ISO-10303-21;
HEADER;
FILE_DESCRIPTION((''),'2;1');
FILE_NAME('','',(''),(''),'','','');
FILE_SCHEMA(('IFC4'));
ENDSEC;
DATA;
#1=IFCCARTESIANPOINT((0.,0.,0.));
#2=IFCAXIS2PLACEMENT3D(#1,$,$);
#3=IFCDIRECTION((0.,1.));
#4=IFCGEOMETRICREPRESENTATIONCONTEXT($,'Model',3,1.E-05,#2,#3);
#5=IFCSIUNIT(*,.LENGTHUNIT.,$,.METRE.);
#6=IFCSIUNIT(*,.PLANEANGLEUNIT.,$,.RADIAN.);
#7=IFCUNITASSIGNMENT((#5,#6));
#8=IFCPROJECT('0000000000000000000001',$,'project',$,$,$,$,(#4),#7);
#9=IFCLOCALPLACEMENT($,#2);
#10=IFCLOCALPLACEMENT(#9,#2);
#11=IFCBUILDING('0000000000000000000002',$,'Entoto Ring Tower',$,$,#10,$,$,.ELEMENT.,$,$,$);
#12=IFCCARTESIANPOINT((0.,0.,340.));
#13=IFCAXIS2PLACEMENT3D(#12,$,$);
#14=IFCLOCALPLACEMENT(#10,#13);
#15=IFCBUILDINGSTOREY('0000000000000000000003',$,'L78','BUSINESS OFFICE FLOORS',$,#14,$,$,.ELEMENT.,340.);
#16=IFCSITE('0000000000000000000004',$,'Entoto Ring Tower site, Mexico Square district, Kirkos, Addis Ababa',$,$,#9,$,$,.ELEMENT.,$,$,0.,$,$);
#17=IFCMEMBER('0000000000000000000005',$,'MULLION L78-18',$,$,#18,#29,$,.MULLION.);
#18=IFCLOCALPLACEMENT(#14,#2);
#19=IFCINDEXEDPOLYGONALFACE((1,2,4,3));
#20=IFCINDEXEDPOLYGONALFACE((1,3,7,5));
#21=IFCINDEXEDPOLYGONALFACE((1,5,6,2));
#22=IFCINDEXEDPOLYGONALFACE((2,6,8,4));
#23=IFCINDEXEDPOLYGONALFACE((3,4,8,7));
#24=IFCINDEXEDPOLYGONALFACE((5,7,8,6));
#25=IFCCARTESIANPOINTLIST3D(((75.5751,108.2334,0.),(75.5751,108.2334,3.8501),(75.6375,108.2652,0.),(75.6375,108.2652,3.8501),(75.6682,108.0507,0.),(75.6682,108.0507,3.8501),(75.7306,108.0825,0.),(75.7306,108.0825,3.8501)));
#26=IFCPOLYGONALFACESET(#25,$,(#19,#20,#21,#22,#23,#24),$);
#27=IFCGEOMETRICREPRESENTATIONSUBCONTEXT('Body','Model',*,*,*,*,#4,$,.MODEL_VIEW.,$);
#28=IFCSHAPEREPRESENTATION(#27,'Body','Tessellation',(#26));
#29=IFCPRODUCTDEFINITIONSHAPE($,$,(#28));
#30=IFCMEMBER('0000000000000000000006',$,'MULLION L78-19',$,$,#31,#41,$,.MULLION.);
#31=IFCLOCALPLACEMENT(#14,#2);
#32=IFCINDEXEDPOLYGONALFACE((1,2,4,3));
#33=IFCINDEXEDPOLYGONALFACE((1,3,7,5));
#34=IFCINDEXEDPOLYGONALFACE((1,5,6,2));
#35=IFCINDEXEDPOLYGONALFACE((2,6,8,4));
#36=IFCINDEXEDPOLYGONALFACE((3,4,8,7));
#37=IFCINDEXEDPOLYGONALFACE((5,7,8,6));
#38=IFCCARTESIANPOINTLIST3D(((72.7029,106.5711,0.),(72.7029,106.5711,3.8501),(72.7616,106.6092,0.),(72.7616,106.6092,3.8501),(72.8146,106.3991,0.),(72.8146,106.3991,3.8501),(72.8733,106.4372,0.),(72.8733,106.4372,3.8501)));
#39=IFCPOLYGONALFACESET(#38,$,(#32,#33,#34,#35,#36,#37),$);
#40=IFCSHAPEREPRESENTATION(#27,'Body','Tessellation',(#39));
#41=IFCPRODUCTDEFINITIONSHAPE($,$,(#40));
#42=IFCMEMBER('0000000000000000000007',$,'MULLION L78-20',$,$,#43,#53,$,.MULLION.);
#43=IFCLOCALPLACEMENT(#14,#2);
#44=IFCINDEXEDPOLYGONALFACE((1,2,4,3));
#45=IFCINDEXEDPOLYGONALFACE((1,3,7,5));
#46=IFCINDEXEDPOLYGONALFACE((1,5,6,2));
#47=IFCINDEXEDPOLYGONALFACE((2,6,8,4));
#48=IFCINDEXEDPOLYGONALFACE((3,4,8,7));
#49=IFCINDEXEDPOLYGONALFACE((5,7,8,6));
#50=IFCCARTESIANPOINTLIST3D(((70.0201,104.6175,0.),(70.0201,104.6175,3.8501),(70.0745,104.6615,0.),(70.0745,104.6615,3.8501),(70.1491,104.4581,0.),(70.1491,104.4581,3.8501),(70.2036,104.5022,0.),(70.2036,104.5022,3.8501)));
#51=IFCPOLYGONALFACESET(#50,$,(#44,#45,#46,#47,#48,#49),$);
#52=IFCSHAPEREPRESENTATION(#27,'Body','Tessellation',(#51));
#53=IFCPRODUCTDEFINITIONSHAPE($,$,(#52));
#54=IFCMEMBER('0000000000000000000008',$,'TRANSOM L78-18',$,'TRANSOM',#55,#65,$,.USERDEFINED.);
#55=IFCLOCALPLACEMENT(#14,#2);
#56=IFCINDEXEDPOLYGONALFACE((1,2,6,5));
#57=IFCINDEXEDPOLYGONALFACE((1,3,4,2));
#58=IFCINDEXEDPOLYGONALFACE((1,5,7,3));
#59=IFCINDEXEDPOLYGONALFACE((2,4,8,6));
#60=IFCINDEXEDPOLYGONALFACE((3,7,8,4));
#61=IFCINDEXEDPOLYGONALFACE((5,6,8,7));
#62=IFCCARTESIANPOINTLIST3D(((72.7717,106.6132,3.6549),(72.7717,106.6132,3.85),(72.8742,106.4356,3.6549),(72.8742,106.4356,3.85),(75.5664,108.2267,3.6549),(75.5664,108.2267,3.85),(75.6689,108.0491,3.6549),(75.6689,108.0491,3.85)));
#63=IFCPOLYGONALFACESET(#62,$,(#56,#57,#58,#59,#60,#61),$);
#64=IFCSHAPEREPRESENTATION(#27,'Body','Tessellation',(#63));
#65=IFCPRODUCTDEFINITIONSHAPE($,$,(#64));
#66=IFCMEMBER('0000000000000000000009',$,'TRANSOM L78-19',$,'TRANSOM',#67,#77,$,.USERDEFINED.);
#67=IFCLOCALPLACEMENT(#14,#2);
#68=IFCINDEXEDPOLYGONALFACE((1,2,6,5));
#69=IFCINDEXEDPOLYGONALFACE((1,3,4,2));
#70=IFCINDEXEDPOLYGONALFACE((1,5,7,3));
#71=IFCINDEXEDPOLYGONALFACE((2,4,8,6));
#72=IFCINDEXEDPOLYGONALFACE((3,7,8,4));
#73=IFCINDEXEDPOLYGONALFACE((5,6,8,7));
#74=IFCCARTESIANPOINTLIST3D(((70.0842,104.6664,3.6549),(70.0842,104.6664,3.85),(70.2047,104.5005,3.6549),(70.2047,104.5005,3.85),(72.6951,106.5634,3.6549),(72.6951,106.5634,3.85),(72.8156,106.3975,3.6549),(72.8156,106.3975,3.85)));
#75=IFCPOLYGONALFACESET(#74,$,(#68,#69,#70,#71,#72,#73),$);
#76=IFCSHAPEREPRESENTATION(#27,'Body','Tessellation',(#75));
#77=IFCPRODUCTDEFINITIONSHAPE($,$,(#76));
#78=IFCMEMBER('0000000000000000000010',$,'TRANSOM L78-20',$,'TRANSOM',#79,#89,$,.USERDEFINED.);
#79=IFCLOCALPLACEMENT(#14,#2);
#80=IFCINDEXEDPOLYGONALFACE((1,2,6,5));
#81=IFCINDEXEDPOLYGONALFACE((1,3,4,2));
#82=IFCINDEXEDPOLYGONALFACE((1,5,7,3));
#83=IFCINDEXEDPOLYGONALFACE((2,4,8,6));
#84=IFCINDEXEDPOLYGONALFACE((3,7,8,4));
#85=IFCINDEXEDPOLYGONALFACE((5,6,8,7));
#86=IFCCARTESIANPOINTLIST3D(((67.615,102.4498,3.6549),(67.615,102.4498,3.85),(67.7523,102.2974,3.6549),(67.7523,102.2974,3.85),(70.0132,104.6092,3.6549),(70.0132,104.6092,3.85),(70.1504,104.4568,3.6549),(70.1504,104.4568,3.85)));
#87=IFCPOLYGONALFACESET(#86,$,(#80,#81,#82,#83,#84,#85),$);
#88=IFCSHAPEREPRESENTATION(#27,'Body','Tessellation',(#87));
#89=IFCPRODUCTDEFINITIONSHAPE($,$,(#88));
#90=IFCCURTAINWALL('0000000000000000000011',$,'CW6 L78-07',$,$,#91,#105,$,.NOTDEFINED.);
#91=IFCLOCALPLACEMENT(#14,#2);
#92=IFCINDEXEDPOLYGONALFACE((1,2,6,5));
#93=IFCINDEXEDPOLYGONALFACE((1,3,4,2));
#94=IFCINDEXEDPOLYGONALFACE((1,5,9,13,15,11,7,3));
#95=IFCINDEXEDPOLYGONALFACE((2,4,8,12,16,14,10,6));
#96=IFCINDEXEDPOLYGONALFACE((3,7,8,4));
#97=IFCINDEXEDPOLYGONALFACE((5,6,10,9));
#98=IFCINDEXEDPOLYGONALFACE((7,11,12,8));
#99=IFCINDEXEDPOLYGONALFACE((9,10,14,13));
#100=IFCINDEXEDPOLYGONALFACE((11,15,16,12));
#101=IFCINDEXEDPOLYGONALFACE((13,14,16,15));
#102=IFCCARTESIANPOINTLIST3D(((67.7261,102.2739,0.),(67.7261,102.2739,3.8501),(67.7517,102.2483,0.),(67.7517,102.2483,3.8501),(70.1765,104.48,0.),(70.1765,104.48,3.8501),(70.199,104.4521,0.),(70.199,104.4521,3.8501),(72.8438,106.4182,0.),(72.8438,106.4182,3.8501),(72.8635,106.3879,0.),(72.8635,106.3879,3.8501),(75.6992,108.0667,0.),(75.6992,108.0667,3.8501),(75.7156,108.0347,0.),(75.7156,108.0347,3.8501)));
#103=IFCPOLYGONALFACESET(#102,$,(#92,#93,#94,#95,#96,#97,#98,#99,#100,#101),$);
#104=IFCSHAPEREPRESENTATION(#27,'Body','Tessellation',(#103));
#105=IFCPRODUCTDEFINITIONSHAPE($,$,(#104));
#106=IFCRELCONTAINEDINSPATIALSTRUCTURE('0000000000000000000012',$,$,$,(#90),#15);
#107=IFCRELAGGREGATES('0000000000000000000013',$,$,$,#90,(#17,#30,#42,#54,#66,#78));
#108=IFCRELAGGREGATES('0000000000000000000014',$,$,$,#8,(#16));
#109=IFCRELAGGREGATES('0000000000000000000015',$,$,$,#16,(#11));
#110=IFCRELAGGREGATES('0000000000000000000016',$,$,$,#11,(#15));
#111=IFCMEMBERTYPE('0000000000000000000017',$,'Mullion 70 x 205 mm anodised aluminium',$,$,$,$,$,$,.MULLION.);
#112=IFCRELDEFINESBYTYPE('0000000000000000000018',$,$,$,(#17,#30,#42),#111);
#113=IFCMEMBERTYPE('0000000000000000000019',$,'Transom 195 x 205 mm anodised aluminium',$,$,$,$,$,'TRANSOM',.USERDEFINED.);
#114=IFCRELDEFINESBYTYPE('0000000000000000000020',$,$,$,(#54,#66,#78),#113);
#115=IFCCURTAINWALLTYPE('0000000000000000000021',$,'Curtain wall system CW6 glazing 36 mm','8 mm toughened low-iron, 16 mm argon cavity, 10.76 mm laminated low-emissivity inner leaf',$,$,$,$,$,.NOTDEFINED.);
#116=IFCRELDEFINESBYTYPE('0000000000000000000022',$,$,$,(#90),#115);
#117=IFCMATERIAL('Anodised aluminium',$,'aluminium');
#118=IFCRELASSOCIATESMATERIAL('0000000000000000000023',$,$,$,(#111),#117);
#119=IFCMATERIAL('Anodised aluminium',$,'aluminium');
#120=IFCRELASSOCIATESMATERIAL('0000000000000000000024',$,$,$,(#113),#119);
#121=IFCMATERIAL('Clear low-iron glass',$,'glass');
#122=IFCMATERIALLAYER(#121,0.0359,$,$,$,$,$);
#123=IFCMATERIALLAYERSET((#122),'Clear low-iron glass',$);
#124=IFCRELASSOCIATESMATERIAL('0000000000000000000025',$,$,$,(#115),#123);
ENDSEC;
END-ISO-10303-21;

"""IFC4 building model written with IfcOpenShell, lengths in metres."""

from ifc_helpers import new_model, si_unit, direction, frame, origin, origin_2d, place, context, subcontext, project, spatial, polyline, rectangle, outline, extrude, material, layer, layer_set, material_profile, profile_set, type_object, element, aggregate, save


model = new_model("IFC4")

# Units and contexts
model_context = context("Model", 3, precision=1e-05, world=origin(), true_north=direction((0.0, 1.0)))
body_context = subcontext(model_context, "Body", "Model", "MODEL_VIEW")
ifc_project = project(units=[si_unit("LENGTHUNIT", "METRE"), si_unit("PLANEANGLEUNIT", "RADIAN")], contexts=[model_context])

# Members
ifc_material_1 = material(Name="Anodised aluminium", Category="aluminium")
ifc_material_profile_1 = material_profile(ifc_material_1, rectangle(XDim=0.0701, YDim=0.2051, at=origin_2d()), Name="Mullion 70 x 205 mm anodised aluminium")
ifc_profile_set_1 = profile_set([ifc_material_profile_1], Name="Anodised aluminium")
member_type_1 = type_object("IfcMemberType", Name="Mullion 70 x 205 mm anodised aluminium", PredefinedType="MULLION", material=ifc_profile_set_1)
site_placement = place(None, origin())
building_placement = place(site_placement, origin())
storey_placement = place(building_placement, frame((0.0, 0.0, 340.0)))
member_1_placement = place(storey_placement, frame((75.6528, 108.158, 0.0), z_axis=(0.0, 0.0, 1.0), x_axis=(-0.891007, -0.45399, 0.0)))
member_1 = element("IfcMember", 1, at=member_1_placement, type_object=member_type_1, Name="MULLION L78-18", PredefinedType="MULLION", context=body_context, shape_type="SweptSolid", body=[
    extrude(rectangle(XDim=0.0701, YDim=0.2051, at=origin_2d()), origin(), (0.0, 0.0, 1.0), 3.8501),
])
member_2_placement = place(storey_placement, frame((72.7881, 106.5042, 0.0), z_axis=(0.0, 0.0, 1.0), x_axis=(-0.838671, -0.544639, 0.0)))
member_2 = element("IfcMember", 2, at=member_2_placement, type_object=member_type_1, Name="MULLION L78-19", PredefinedType="MULLION", context=body_context, shape_type="SweptSolid", body=[
    extrude(rectangle(XDim=0.0701, YDim=0.2051, at=origin_2d()), origin(), (0.0, 0.0, 1.0), 3.8501),
])
member_3_placement = place(storey_placement, frame((70.1118, 104.5598, 0.0), z_axis=(0.0, 0.0, 1.0), x_axis=(-0.777146, -0.62932, 0.0)))
member_3 = element("IfcMember", 3, at=member_3_placement, type_object=member_type_1, Name="MULLION L78-20", PredefinedType="MULLION", context=body_context, shape_type="SweptSolid", body=[
    extrude(rectangle(XDim=0.0701, YDim=0.2051, at=origin_2d()), origin(), (0.0, 0.0, 1.0), 3.8501),
])
ifc_material_2 = material(Name="Anodised aluminium", Category="aluminium")
ifc_material_profile_2 = material_profile(ifc_material_2, rectangle(XDim=0.2051, YDim=0.1951, at=origin_2d()), Name="Transom 195 x 205 mm anodised aluminium")
ifc_profile_set_2 = profile_set([ifc_material_profile_2], Name="Anodised aluminium")
member_type_2 = type_object("IfcMemberType", Name="Transom 195 x 205 mm anodised aluminium", ElementType="TRANSOM", PredefinedType="USERDEFINED", material=ifc_profile_set_2)
member_4_placement = place(storey_placement, frame((75.6177, 108.1379, 3.7524), z_axis=(-0.866023, -0.500004, 0.0), x_axis=(0.500004, -0.866023, 0.0)))
member_4 = element("IfcMember", 4, at=member_4_placement, type_object=member_type_2, Name="TRANSOM L78-18", ObjectType="TRANSOM", PredefinedType="USERDEFINED", context=body_context, shape_type="SweptSolid", body=[
    extrude(rectangle(XDim=0.2051, YDim=0.1951, at=origin_2d()), origin(), (0.0, 0.0, 1.0), 3.2271),
])
member_5_placement = place(storey_placement, frame((72.7554, 106.4805, 3.7524), z_axis=(-0.809004, -0.587803, 0.0), x_axis=(0.587803, -0.809004, 0.0)))
member_5 = element("IfcMember", 5, at=member_5_placement, type_object=member_type_2, Name="TRANSOM L78-19", ObjectType="TRANSOM", PredefinedType="USERDEFINED", context=body_context, shape_type="SweptSolid", body=[
    extrude(rectangle(XDim=0.2051, YDim=0.1951, at=origin_2d()), origin(), (0.0, 0.0, 1.0), 3.2273),
])
member_6_placement = place(storey_placement, frame((70.0818, 104.533, 3.7524), z_axis=(-0.743132, -0.669144, 0.0), x_axis=(0.669144, -0.743132, 0.0)))
member_6 = element("IfcMember", 6, at=member_6_placement, type_object=member_type_2, Name="TRANSOM L78-20", ObjectType="TRANSOM", PredefinedType="USERDEFINED", context=body_context, shape_type="SweptSolid", body=[
    extrude(rectangle(XDim=0.2051, YDim=0.1951, at=origin_2d()), origin(), (0.0, 0.0, 1.0), 3.2271),
])

# Site, building, storey
site = spatial("IfcSite", under=ifc_project, at=site_placement, Name="Entoto Ring Tower site, Mexico Square district, Kirkos, Addis Ababa", CompositionType="ELEMENT", RefElevation=0.0)
building = spatial("IfcBuilding", under=site, at=building_placement, Name="Entoto Ring Tower", CompositionType="ELEMENT")
storey = spatial("IfcBuildingStorey", under=building, at=storey_placement, Name="L78", Description="BUSINESS OFFICE FLOORS", CompositionType="ELEMENT", Elevation=340.0)

# Curtain wall
ifc_material_3 = material(Name="Clear low-iron glass", Category="glass")
ifc_layer = layer(ifc_material_3, 0.0359)
ifc_layer_set = layer_set([ifc_layer], Name="Clear low-iron glass")
curtain_wall_type = type_object("IfcCurtainWallType", Name="Curtain wall system CW6 glazing 36 mm", Description="8 mm toughened low-iron, 16 mm argon cavity, 10.76 mm laminated low-emissivity inner leaf", PredefinedType="NOTDEFINED", material=ifc_layer_set)
curtain_wall_1_placement = place(storey_placement, origin())
curtain_wall_1 = element("IfcCurtainWall", 7, at=curtain_wall_1_placement, inside=storey, type_object=curtain_wall_type, Name="CW6 L78-07", PredefinedType="NOTDEFINED", context=body_context, shape_type="SweptSolid", body=[
    extrude(outline(polyline([(75.6992, 108.0667), (72.8438, 106.4182), (70.1765, 104.48), (67.7261, 102.2739), (67.7517, 102.2483), (70.199, 104.4521), (72.8635, 106.3879), (75.7156, 108.0347), (75.6992, 108.0667)])), origin(), (0.0, 0.0, 1.0), 3.8501),
])
aggregate(curtain_wall_1, [member_1, member_2, member_3, member_4, member_5, member_6])

save(model, "model.ifc")
